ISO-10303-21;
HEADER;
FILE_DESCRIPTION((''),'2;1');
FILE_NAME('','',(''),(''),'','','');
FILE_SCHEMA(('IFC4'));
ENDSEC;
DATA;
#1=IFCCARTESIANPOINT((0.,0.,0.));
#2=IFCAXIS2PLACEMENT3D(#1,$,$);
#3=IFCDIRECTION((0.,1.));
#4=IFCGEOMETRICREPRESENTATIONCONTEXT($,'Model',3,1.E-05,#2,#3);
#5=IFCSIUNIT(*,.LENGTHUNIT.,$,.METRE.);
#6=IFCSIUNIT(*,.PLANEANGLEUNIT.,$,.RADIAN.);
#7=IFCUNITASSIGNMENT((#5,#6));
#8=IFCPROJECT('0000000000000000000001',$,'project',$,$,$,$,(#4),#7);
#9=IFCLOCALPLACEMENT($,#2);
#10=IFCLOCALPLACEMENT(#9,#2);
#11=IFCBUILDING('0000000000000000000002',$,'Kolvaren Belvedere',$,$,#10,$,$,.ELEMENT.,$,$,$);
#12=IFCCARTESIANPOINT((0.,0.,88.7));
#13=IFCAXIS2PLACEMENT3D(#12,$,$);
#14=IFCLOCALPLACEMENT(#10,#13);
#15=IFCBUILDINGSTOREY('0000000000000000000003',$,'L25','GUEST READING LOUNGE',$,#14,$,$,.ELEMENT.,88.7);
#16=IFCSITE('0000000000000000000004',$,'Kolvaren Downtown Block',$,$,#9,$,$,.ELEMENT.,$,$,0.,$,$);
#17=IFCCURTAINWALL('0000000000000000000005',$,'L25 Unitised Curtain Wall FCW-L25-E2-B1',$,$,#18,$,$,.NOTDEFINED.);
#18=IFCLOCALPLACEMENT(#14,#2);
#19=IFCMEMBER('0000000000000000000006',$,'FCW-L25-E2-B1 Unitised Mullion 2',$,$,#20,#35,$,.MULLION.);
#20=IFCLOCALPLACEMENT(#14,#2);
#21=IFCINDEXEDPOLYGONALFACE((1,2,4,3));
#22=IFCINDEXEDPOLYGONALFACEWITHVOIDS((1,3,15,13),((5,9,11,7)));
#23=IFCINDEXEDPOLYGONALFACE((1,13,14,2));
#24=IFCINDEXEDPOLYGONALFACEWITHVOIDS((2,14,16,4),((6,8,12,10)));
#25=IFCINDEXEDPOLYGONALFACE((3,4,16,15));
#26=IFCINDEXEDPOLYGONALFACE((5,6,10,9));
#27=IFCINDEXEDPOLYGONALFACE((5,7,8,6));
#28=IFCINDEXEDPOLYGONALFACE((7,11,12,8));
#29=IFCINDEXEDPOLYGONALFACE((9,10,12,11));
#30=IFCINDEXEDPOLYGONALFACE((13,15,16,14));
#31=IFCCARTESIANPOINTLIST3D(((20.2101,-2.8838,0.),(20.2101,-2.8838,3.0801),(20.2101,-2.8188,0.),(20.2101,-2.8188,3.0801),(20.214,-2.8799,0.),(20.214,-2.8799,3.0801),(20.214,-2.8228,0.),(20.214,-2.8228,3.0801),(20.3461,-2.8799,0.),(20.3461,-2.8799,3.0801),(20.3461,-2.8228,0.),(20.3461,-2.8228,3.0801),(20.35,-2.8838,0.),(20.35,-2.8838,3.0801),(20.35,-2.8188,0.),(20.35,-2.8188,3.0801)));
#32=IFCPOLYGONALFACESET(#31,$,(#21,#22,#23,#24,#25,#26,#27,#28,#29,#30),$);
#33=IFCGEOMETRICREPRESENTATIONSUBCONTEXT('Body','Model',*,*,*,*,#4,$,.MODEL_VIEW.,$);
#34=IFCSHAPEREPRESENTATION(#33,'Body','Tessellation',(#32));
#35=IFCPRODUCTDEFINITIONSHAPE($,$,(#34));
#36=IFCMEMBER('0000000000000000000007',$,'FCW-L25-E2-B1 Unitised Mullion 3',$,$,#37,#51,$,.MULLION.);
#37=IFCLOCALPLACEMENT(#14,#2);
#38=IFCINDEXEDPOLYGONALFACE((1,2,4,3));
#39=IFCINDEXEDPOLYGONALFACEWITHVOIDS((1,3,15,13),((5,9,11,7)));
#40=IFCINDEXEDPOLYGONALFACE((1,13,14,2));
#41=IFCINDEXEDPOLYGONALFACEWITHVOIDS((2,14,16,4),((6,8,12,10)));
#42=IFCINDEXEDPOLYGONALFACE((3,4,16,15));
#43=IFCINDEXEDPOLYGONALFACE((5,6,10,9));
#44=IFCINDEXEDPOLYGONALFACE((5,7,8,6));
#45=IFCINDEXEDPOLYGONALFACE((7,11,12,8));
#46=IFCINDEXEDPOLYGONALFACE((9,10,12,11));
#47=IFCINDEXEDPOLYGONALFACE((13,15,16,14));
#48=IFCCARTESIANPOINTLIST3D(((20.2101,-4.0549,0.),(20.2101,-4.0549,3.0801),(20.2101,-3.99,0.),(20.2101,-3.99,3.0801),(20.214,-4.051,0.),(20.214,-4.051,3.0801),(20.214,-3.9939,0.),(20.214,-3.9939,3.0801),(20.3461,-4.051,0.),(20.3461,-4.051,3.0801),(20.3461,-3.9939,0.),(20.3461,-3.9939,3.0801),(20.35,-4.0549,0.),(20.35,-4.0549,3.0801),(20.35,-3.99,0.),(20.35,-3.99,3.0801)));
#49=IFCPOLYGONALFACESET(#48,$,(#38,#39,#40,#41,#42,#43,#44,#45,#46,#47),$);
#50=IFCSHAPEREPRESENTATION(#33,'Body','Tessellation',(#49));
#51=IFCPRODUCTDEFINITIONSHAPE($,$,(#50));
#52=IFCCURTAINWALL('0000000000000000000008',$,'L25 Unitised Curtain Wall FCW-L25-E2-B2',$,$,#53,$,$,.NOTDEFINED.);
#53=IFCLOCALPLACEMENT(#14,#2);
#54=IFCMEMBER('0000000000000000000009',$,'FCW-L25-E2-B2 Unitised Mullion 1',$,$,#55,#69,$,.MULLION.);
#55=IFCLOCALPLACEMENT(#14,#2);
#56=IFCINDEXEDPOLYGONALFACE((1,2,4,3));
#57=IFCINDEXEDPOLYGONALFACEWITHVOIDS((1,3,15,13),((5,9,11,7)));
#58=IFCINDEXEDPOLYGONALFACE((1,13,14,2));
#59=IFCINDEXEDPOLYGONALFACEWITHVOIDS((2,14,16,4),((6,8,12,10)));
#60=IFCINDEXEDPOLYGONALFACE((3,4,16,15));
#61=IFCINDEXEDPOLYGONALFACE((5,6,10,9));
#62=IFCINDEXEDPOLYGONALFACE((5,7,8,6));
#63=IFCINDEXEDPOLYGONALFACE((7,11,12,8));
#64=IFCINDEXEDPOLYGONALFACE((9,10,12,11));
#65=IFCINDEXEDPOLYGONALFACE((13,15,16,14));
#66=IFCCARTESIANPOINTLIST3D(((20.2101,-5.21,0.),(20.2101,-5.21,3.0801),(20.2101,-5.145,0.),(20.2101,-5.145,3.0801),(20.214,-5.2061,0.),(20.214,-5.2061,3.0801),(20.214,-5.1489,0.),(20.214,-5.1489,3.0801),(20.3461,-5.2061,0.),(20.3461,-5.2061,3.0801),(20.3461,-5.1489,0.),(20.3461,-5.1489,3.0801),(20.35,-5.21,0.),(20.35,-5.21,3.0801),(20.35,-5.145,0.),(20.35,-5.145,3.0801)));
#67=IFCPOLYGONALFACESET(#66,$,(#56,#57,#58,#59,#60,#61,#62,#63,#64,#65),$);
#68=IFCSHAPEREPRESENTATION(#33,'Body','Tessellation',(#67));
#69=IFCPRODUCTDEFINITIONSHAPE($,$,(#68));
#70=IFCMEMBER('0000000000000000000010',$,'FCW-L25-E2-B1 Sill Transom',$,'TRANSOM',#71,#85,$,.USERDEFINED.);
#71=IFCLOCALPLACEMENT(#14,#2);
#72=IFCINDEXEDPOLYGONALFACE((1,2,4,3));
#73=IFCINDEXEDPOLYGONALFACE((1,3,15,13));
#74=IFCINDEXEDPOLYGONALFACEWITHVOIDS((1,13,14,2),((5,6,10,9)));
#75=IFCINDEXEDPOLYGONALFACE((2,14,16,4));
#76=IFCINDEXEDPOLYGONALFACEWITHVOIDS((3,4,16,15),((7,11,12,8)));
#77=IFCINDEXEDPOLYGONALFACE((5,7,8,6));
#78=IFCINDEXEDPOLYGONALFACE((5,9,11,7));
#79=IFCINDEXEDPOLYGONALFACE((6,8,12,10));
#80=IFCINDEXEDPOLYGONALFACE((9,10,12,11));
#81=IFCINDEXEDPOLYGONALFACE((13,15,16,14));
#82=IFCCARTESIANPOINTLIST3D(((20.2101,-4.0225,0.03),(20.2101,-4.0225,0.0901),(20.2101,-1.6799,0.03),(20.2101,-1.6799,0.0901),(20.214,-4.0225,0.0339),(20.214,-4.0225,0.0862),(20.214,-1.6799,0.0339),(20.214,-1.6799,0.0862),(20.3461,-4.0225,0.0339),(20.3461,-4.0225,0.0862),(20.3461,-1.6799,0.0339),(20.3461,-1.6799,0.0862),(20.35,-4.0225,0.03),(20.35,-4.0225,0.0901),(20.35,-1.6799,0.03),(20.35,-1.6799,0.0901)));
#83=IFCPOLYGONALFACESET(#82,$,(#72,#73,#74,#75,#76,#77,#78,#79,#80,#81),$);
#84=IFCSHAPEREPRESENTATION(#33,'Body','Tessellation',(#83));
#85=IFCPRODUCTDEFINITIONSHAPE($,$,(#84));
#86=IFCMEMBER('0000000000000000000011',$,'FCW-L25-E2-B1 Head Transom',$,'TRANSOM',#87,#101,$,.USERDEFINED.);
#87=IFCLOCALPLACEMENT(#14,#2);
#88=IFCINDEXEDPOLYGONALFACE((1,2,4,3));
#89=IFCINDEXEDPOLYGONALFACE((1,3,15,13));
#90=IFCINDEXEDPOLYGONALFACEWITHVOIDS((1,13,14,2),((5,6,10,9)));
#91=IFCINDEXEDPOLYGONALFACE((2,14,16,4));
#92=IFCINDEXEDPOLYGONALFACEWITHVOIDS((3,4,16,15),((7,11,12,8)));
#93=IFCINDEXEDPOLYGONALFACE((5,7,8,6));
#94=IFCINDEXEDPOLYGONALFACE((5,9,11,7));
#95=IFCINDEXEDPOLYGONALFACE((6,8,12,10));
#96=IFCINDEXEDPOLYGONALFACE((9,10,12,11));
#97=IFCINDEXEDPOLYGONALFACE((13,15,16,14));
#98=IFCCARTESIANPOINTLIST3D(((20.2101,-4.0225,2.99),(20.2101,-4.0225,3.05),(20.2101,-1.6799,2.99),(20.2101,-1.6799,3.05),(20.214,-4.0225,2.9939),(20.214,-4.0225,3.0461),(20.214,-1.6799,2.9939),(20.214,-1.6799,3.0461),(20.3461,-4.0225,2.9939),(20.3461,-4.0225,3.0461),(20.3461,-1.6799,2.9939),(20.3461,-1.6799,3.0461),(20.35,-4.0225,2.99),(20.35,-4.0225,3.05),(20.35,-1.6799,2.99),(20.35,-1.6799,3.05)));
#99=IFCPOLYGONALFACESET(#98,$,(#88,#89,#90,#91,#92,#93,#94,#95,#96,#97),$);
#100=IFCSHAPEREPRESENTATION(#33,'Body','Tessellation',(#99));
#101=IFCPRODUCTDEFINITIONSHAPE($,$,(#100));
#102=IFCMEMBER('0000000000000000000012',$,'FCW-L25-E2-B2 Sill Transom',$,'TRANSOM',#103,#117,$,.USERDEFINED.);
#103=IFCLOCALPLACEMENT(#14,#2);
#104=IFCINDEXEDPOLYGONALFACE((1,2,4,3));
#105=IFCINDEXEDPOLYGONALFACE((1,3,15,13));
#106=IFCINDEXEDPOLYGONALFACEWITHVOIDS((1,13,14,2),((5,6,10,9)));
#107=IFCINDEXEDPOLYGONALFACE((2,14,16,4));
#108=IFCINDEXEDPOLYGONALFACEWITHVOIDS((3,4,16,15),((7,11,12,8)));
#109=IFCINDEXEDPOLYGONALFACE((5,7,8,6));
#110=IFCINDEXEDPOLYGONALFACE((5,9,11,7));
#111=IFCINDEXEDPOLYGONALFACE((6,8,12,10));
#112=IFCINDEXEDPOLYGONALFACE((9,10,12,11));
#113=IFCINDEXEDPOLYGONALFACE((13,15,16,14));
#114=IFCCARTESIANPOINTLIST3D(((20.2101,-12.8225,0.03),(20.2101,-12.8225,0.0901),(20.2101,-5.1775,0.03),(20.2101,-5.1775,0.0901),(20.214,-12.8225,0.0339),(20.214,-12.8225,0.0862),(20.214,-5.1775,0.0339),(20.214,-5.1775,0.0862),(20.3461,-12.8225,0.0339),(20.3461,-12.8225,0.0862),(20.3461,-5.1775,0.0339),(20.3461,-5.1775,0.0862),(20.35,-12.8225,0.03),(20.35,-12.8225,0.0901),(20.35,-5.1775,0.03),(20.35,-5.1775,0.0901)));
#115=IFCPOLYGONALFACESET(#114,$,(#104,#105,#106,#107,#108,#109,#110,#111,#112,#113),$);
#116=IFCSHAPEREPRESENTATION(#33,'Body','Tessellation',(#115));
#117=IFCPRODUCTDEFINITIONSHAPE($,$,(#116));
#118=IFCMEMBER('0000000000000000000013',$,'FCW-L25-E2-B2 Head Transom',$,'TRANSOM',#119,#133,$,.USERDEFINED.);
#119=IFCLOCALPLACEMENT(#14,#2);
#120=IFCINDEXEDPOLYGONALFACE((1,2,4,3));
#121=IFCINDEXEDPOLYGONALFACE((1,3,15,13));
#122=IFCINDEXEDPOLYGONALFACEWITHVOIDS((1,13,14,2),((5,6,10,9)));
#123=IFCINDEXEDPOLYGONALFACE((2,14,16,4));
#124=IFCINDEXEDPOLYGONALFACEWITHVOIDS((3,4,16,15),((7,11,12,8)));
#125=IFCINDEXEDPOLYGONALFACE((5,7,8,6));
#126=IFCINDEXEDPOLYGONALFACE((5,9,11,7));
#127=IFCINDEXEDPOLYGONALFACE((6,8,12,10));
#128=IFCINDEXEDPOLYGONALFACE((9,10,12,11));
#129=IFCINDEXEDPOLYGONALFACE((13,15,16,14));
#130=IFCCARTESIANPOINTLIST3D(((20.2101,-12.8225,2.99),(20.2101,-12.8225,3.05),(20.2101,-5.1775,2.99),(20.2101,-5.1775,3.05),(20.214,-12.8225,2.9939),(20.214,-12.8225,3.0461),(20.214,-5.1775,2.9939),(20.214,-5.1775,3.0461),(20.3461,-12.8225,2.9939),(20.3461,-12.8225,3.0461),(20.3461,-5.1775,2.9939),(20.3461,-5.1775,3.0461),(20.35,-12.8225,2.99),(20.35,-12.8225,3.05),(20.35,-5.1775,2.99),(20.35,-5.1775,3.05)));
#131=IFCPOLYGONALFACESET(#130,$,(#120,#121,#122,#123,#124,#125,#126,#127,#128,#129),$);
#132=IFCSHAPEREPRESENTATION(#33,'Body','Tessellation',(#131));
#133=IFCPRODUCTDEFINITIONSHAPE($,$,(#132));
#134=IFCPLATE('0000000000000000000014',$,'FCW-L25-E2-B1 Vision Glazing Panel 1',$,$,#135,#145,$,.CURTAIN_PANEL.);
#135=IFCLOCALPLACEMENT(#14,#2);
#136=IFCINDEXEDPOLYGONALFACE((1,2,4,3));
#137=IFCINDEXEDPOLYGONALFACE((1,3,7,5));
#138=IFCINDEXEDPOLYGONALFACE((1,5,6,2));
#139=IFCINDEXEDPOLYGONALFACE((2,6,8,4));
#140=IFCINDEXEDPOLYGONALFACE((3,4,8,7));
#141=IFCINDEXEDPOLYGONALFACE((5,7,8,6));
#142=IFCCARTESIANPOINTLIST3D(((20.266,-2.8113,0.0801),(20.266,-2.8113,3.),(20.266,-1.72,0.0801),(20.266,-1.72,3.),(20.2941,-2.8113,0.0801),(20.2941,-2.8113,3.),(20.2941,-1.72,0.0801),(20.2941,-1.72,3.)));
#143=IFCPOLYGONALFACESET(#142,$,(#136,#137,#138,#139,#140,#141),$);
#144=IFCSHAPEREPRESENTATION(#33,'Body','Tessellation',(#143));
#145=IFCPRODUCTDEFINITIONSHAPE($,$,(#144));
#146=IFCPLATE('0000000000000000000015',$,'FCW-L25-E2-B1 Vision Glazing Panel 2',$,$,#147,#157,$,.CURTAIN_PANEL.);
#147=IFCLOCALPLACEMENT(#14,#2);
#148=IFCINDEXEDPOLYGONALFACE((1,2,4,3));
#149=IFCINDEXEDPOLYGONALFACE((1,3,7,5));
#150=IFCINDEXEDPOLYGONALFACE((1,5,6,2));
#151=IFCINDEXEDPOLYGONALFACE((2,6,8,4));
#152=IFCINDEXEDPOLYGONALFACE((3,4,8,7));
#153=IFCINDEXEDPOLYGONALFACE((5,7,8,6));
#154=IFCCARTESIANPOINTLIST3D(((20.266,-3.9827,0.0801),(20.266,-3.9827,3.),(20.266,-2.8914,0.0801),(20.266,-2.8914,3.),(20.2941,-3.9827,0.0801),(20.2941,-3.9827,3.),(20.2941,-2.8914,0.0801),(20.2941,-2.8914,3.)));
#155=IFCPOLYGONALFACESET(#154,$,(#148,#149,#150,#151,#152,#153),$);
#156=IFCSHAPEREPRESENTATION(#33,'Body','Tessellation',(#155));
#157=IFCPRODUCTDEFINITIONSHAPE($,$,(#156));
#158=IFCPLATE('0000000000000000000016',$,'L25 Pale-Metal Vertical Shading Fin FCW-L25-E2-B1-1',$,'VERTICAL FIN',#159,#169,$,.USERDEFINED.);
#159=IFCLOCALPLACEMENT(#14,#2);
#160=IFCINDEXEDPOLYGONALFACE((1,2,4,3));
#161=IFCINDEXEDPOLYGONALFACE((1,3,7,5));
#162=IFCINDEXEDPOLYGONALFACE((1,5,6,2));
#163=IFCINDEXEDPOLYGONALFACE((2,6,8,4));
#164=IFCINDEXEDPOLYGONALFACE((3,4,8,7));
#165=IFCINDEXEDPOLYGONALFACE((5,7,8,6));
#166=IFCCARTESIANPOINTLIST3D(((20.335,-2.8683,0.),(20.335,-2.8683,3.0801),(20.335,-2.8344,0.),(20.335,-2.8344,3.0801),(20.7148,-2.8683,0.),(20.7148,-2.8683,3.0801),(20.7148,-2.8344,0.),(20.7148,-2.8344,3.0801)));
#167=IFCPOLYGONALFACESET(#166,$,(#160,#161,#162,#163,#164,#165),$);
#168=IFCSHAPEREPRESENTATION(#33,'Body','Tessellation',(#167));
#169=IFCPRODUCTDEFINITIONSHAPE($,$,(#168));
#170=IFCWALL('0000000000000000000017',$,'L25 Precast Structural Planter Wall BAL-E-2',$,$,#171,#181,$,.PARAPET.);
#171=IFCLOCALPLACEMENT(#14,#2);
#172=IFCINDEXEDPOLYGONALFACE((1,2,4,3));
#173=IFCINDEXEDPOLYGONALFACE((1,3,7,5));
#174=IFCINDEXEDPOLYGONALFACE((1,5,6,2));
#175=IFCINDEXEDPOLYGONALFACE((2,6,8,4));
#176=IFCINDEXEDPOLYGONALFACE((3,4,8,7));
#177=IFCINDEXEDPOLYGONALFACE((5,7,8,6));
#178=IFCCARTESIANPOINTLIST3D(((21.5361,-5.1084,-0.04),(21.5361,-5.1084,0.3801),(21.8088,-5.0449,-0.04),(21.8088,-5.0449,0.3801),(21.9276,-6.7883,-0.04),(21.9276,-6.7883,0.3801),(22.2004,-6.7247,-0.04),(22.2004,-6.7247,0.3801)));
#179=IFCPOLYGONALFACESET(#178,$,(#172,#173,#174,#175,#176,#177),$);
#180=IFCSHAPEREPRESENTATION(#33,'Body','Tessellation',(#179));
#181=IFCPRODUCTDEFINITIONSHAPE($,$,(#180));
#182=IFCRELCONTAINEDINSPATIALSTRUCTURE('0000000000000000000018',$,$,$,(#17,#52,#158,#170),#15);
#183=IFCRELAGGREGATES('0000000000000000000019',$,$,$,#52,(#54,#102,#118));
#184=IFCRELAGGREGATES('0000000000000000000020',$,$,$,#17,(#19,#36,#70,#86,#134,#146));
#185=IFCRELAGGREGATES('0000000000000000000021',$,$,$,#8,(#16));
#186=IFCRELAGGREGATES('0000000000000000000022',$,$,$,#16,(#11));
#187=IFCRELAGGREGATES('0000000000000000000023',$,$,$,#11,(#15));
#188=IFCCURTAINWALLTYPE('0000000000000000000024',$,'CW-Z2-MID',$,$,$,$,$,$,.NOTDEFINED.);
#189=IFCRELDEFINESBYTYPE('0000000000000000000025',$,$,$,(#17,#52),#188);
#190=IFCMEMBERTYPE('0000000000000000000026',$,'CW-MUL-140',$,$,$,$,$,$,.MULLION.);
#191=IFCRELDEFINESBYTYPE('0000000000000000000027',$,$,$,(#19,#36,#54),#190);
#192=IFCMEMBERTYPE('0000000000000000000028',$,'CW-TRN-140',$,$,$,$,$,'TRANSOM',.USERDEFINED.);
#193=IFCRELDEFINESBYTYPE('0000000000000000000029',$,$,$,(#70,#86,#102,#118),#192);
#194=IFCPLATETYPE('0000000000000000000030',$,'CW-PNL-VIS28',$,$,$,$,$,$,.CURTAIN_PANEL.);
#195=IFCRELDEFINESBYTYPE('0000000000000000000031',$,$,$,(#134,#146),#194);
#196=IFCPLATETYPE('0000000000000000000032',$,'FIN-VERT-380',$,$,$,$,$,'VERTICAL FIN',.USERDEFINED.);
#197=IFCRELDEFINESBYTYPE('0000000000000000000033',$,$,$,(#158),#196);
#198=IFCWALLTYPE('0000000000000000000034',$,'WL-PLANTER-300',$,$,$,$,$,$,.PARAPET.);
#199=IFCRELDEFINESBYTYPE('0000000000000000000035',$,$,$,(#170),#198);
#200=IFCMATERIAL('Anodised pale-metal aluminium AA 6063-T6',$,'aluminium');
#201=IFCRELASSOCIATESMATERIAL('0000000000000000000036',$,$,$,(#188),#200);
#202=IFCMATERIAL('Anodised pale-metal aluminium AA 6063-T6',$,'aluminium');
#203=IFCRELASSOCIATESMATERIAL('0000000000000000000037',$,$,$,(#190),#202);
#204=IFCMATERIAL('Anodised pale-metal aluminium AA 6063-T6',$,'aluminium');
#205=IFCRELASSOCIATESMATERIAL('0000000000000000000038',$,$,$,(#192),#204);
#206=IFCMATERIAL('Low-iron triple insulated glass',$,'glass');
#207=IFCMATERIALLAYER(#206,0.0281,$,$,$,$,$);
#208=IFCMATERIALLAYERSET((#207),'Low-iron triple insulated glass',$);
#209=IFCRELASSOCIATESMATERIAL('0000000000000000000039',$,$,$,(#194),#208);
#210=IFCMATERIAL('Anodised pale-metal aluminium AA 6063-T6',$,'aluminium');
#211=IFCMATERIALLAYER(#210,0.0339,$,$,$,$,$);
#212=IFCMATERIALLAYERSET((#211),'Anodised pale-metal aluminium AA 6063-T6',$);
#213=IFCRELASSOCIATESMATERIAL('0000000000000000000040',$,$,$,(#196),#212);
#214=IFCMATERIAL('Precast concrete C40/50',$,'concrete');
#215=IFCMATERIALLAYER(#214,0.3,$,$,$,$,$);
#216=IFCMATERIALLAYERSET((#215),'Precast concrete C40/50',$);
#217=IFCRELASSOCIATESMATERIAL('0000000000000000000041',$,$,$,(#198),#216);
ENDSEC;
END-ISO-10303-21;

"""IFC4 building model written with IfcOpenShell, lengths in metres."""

from ifc_helpers import new_model, si_unit, direction, frame, frame_2d, origin, origin_2d, place, context, subcontext, project, spatial, rectangle, hollow_rectangle, extrude, material, layer, layer_set, material_profile, profile_set, type_object, element, aggregate, save


model = new_model("IFC4")

# Units and contexts
model_context = context("Model", 3, precision=1e-05, world=origin(), true_north=direction((0.0, 1.0)))
body_context = subcontext(model_context, "Body", "Model", "MODEL_VIEW")
ifc_project = project(units=[si_unit("LENGTHUNIT", "METRE"), si_unit("PLANEANGLEUNIT", "RADIAN")], contexts=[model_context])

# Site, building, storey
site_placement = place(None, origin())
site = spatial("IfcSite", under=ifc_project, at=site_placement, Name="Kolvaren Downtown Block", CompositionType="ELEMENT", RefElevation=0.0)
building_placement = place(site_placement, origin())
building = spatial("IfcBuilding", under=site, at=building_placement, Name="Kolvaren Belvedere", CompositionType="ELEMENT")
storey_placement = place(building_placement, frame((0.0, 0.0, 88.7)))
storey = spatial("IfcBuildingStorey", under=building, at=storey_placement, Name="L25", Description="GUEST READING LOUNGE", CompositionType="ELEMENT", Elevation=88.7)

# Curtain wall, members
ifc_material_1 = material(Name="Anodised pale-metal aluminium AA 6063-T6", Category="aluminium")
curtain_wall_type = type_object("IfcCurtainWallType", Name="CW-Z2-MID", PredefinedType="NOTDEFINED", material=ifc_material_1)
curtain_wall_1_placement = place(storey_placement, origin())
curtain_wall_1 = element("IfcCurtainWall", 1, at=curtain_wall_1_placement, inside=storey, type_object=curtain_wall_type, Name="L25 Unitised Curtain Wall FCW-L25-E2-B1", PredefinedType="NOTDEFINED")
ifc_material_2 = material(Name="Anodised pale-metal aluminium AA 6063-T6", Category="aluminium")
ifc_material_profile_1 = material_profile(ifc_material_2, hollow_rectangle(XDim=0.0649, YDim=0.1399, WallThickness=0.0039, at=origin_2d()), Name="ALU-MUL-140X65")
ifc_profile_set_1 = profile_set([ifc_material_profile_1], Name="Anodised pale-metal aluminium AA 6063-T6")
member_type_1 = type_object("IfcMemberType", Name="CW-MUL-140", PredefinedType="MULLION", material=ifc_profile_set_1)
member_1_placement = place(storey_placement, frame((20.28, -2.8513, 0.0), z_axis=(0.0, 0.0, 1.0), x_axis=(0.0, 1.0, 0.0)))
member_1 = element("IfcMember", 2, at=member_1_placement, type_object=member_type_1, Name="FCW-L25-E2-B1 Unitised Mullion 2", PredefinedType="MULLION", context=body_context, shape_type="SweptSolid", body=[
    extrude(hollow_rectangle(XDim=0.0649, YDim=0.1399, WallThickness=0.0039, at=origin_2d()), origin(), (0.0, 0.0, 1.0), 3.0801),
])
member_2_placement = place(storey_placement, frame((20.28, -4.0225, 0.0), z_axis=(0.0, 0.0, 1.0), x_axis=(0.0, 1.0, 0.0)))
member_2 = element("IfcMember", 3, at=member_2_placement, type_object=member_type_1, Name="FCW-L25-E2-B1 Unitised Mullion 3", PredefinedType="MULLION", context=body_context, shape_type="SweptSolid", body=[
    extrude(hollow_rectangle(XDim=0.0649, YDim=0.1399, WallThickness=0.0039, at=origin_2d()), origin(), (0.0, 0.0, 1.0), 3.0801),
])

# Curtain wall, member
curtain_wall_2_placement = place(storey_placement, origin())
curtain_wall_2 = element("IfcCurtainWall", 4, at=curtain_wall_2_placement, inside=storey, type_object=curtain_wall_type, Name="L25 Unitised Curtain Wall FCW-L25-E2-B2", PredefinedType="NOTDEFINED")
member_3_placement = place(storey_placement, frame((20.28, -5.1775, 0.0), z_axis=(0.0, 0.0, 1.0), x_axis=(0.0, 1.0, 0.0)))
member_3 = element("IfcMember", 5, at=member_3_placement, type_object=member_type_1, Name="FCW-L25-E2-B2 Unitised Mullion 1", PredefinedType="MULLION", context=body_context, shape_type="SweptSolid", body=[
    extrude(hollow_rectangle(XDim=0.0649, YDim=0.1399, WallThickness=0.0039, at=origin_2d()), origin(), (0.0, 0.0, 1.0), 3.0801),
])

# Members
ifc_material_3 = material(Name="Anodised pale-metal aluminium AA 6063-T6", Category="aluminium")
ifc_material_profile_2 = material_profile(ifc_material_3, hollow_rectangle(XDim=0.0601, YDim=0.1399, WallThickness=0.0039, at=origin_2d()), Name="ALU-TRN-140X60")
ifc_profile_set_2 = profile_set([ifc_material_profile_2], Name="Anodised pale-metal aluminium AA 6063-T6")
member_type_2 = type_object("IfcMemberType", Name="CW-TRN-140", ElementType="TRANSOM", PredefinedType="USERDEFINED", material=ifc_profile_set_2)
member_4_placement = place(storey_placement, frame((20.28, -1.6799, 0.0601), z_axis=(0.0, -1.0, 0.0), x_axis=(0.0, 0.0, 1.0)))
member_4 = element("IfcMember", 6, at=member_4_placement, type_object=member_type_2, Name="FCW-L25-E2-B1 Sill Transom", ObjectType="TRANSOM", PredefinedType="USERDEFINED", context=body_context, shape_type="SweptSolid", body=[
    extrude(hollow_rectangle(XDim=0.0601, YDim=0.1399, WallThickness=0.0039, at=origin_2d()), origin(), (0.0, 0.0, 1.0), 2.3425),
])
member_5_placement = place(storey_placement, frame((20.28, -1.6799, 3.02), z_axis=(0.0, -1.0, 0.0), x_axis=(0.0, 0.0, 1.0)))
member_5 = element("IfcMember", 7, at=member_5_placement, type_object=member_type_2, Name="FCW-L25-E2-B1 Head Transom", ObjectType="TRANSOM", PredefinedType="USERDEFINED", context=body_context, shape_type="SweptSolid", body=[
    extrude(hollow_rectangle(XDim=0.0601, YDim=0.1399, WallThickness=0.0039, at=origin_2d()), origin(), (0.0, 0.0, 1.0), 2.3425),
])
member_6_placement = place(storey_placement, frame((20.28, -5.1775, 0.0601), z_axis=(0.0, -1.0, 0.0), x_axis=(0.0, 0.0, 1.0)))
member_6 = element("IfcMember", 8, at=member_6_placement, type_object=member_type_2, Name="FCW-L25-E2-B2 Sill Transom", ObjectType="TRANSOM", PredefinedType="USERDEFINED", context=body_context, shape_type="SweptSolid", body=[
    extrude(hollow_rectangle(XDim=0.0601, YDim=0.1399, WallThickness=0.0039, at=origin_2d()), origin(), (0.0, 0.0, 1.0), 7.645),
])
member_7_placement = place(storey_placement, frame((20.28, -5.1775, 3.02), z_axis=(0.0, -1.0, 0.0), x_axis=(0.0, 0.0, 1.0)))
member_7 = element("IfcMember", 9, at=member_7_placement, type_object=member_type_2, Name="FCW-L25-E2-B2 Head Transom", ObjectType="TRANSOM", PredefinedType="USERDEFINED", context=body_context, shape_type="SweptSolid", body=[
    extrude(hollow_rectangle(XDim=0.0601, YDim=0.1399, WallThickness=0.0039, at=origin_2d()), origin(), (0.0, 0.0, 1.0), 7.645),
])
aggregate(curtain_wall_2, [member_3, member_6, member_7])

# Plates
ifc_material_4 = material(Name="Low-iron triple insulated glass", Category="glass")
ifc_layer_1 = layer(ifc_material_4, 0.0281)
ifc_layer_set_1 = layer_set([ifc_layer_1], Name="Low-iron triple insulated glass")
plate_type_1 = type_object("IfcPlateType", Name="CW-PNL-VIS28", PredefinedType="CURTAIN_PANEL", material=ifc_layer_set_1)
plate_1_placement = place(storey_placement, frame((20.28, -2.2656, 0.0801), z_axis=(0.0, 0.0, 1.0), x_axis=(0.0, -1.0, 0.0)))
plate_1 = element("IfcPlate", 10, at=plate_1_placement, type_object=plate_type_1, Name="FCW-L25-E2-B1 Vision Glazing Panel 1", PredefinedType="CURTAIN_PANEL", context=body_context, shape_type="SweptSolid", body=[
    extrude(rectangle(XDim=1.0913, YDim=0.0281, at=origin_2d()), origin(), (0.0, 0.0, 1.0), 2.9199),
])
plate_2_placement = place(storey_placement, frame((20.28, -3.437, 0.0801), z_axis=(0.0, 0.0, 1.0), x_axis=(0.0, -1.0, 0.0)))
plate_2 = element("IfcPlate", 11, at=plate_2_placement, type_object=plate_type_1, Name="FCW-L25-E2-B1 Vision Glazing Panel 2", PredefinedType="CURTAIN_PANEL", context=body_context, shape_type="SweptSolid", body=[
    extrude(rectangle(XDim=1.0913, YDim=0.0281, at=origin_2d()), origin(), (0.0, 0.0, 1.0), 2.9199),
])
aggregate(curtain_wall_1, [member_1, member_2, member_4, member_5, plate_1, plate_2])
ifc_material_5 = material(Name="Anodised pale-metal aluminium AA 6063-T6", Category="aluminium")
ifc_layer_2 = layer(ifc_material_5, 0.0339)
ifc_layer_set_2 = layer_set([ifc_layer_2], Name="Anodised pale-metal aluminium AA 6063-T6")
plate_type_2 = type_object("IfcPlateType", Name="FIN-VERT-380", ElementType="VERTICAL FIN", PredefinedType="USERDEFINED", material=ifc_layer_set_2)
plate_3_placement = place(storey_placement, frame((20.5249, -2.8513, 0.0), z_axis=(0.0, 0.0, 1.0), x_axis=(1.0, 0.0, 0.0)))
element("IfcPlate", 12, at=plate_3_placement, inside=storey, type_object=plate_type_2, Name="L25 Pale-Metal Vertical Shading Fin FCW-L25-E2-B1-1", ObjectType="VERTICAL FIN", PredefinedType="USERDEFINED", context=body_context, shape_type="SweptSolid", body=[
    extrude(rectangle(XDim=0.3799, YDim=0.0339, at=origin_2d()), origin(), (0.0, 0.0, 1.0), 3.0801),
])

# Wall
ifc_material_6 = material(Name="Precast concrete C40/50", Category="concrete")
ifc_layer_3 = layer(ifc_material_6, 0.3)
ifc_layer_set_3 = layer_set([ifc_layer_3], Name="Precast concrete C40/50")
wall_type = type_object("IfcWallType", Name="WL-PLANTER-300", PredefinedType="PARAPET", material=ifc_layer_set_3)
wall_1_placement = place(storey_placement, frame((22.064, -6.7563, -0.04), z_axis=(0.0, 0.0, 1.0), x_axis=(-0.227019, 0.97389, 0.0)))
element("IfcWall", 13, at=wall_1_placement, inside=storey, type_object=wall_type, Name="L25 Precast Structural Planter Wall BAL-E-2", PredefinedType="PARAPET", context=body_context, shape_type="SweptSolid", body=[
    extrude(rectangle(XDim=1.7249, YDim=0.28, at=frame_2d((0.8623, 0.0))), origin(), (0.0, 0.0, 1.0), 0.4202),
])

save(model, "model.ifc")
